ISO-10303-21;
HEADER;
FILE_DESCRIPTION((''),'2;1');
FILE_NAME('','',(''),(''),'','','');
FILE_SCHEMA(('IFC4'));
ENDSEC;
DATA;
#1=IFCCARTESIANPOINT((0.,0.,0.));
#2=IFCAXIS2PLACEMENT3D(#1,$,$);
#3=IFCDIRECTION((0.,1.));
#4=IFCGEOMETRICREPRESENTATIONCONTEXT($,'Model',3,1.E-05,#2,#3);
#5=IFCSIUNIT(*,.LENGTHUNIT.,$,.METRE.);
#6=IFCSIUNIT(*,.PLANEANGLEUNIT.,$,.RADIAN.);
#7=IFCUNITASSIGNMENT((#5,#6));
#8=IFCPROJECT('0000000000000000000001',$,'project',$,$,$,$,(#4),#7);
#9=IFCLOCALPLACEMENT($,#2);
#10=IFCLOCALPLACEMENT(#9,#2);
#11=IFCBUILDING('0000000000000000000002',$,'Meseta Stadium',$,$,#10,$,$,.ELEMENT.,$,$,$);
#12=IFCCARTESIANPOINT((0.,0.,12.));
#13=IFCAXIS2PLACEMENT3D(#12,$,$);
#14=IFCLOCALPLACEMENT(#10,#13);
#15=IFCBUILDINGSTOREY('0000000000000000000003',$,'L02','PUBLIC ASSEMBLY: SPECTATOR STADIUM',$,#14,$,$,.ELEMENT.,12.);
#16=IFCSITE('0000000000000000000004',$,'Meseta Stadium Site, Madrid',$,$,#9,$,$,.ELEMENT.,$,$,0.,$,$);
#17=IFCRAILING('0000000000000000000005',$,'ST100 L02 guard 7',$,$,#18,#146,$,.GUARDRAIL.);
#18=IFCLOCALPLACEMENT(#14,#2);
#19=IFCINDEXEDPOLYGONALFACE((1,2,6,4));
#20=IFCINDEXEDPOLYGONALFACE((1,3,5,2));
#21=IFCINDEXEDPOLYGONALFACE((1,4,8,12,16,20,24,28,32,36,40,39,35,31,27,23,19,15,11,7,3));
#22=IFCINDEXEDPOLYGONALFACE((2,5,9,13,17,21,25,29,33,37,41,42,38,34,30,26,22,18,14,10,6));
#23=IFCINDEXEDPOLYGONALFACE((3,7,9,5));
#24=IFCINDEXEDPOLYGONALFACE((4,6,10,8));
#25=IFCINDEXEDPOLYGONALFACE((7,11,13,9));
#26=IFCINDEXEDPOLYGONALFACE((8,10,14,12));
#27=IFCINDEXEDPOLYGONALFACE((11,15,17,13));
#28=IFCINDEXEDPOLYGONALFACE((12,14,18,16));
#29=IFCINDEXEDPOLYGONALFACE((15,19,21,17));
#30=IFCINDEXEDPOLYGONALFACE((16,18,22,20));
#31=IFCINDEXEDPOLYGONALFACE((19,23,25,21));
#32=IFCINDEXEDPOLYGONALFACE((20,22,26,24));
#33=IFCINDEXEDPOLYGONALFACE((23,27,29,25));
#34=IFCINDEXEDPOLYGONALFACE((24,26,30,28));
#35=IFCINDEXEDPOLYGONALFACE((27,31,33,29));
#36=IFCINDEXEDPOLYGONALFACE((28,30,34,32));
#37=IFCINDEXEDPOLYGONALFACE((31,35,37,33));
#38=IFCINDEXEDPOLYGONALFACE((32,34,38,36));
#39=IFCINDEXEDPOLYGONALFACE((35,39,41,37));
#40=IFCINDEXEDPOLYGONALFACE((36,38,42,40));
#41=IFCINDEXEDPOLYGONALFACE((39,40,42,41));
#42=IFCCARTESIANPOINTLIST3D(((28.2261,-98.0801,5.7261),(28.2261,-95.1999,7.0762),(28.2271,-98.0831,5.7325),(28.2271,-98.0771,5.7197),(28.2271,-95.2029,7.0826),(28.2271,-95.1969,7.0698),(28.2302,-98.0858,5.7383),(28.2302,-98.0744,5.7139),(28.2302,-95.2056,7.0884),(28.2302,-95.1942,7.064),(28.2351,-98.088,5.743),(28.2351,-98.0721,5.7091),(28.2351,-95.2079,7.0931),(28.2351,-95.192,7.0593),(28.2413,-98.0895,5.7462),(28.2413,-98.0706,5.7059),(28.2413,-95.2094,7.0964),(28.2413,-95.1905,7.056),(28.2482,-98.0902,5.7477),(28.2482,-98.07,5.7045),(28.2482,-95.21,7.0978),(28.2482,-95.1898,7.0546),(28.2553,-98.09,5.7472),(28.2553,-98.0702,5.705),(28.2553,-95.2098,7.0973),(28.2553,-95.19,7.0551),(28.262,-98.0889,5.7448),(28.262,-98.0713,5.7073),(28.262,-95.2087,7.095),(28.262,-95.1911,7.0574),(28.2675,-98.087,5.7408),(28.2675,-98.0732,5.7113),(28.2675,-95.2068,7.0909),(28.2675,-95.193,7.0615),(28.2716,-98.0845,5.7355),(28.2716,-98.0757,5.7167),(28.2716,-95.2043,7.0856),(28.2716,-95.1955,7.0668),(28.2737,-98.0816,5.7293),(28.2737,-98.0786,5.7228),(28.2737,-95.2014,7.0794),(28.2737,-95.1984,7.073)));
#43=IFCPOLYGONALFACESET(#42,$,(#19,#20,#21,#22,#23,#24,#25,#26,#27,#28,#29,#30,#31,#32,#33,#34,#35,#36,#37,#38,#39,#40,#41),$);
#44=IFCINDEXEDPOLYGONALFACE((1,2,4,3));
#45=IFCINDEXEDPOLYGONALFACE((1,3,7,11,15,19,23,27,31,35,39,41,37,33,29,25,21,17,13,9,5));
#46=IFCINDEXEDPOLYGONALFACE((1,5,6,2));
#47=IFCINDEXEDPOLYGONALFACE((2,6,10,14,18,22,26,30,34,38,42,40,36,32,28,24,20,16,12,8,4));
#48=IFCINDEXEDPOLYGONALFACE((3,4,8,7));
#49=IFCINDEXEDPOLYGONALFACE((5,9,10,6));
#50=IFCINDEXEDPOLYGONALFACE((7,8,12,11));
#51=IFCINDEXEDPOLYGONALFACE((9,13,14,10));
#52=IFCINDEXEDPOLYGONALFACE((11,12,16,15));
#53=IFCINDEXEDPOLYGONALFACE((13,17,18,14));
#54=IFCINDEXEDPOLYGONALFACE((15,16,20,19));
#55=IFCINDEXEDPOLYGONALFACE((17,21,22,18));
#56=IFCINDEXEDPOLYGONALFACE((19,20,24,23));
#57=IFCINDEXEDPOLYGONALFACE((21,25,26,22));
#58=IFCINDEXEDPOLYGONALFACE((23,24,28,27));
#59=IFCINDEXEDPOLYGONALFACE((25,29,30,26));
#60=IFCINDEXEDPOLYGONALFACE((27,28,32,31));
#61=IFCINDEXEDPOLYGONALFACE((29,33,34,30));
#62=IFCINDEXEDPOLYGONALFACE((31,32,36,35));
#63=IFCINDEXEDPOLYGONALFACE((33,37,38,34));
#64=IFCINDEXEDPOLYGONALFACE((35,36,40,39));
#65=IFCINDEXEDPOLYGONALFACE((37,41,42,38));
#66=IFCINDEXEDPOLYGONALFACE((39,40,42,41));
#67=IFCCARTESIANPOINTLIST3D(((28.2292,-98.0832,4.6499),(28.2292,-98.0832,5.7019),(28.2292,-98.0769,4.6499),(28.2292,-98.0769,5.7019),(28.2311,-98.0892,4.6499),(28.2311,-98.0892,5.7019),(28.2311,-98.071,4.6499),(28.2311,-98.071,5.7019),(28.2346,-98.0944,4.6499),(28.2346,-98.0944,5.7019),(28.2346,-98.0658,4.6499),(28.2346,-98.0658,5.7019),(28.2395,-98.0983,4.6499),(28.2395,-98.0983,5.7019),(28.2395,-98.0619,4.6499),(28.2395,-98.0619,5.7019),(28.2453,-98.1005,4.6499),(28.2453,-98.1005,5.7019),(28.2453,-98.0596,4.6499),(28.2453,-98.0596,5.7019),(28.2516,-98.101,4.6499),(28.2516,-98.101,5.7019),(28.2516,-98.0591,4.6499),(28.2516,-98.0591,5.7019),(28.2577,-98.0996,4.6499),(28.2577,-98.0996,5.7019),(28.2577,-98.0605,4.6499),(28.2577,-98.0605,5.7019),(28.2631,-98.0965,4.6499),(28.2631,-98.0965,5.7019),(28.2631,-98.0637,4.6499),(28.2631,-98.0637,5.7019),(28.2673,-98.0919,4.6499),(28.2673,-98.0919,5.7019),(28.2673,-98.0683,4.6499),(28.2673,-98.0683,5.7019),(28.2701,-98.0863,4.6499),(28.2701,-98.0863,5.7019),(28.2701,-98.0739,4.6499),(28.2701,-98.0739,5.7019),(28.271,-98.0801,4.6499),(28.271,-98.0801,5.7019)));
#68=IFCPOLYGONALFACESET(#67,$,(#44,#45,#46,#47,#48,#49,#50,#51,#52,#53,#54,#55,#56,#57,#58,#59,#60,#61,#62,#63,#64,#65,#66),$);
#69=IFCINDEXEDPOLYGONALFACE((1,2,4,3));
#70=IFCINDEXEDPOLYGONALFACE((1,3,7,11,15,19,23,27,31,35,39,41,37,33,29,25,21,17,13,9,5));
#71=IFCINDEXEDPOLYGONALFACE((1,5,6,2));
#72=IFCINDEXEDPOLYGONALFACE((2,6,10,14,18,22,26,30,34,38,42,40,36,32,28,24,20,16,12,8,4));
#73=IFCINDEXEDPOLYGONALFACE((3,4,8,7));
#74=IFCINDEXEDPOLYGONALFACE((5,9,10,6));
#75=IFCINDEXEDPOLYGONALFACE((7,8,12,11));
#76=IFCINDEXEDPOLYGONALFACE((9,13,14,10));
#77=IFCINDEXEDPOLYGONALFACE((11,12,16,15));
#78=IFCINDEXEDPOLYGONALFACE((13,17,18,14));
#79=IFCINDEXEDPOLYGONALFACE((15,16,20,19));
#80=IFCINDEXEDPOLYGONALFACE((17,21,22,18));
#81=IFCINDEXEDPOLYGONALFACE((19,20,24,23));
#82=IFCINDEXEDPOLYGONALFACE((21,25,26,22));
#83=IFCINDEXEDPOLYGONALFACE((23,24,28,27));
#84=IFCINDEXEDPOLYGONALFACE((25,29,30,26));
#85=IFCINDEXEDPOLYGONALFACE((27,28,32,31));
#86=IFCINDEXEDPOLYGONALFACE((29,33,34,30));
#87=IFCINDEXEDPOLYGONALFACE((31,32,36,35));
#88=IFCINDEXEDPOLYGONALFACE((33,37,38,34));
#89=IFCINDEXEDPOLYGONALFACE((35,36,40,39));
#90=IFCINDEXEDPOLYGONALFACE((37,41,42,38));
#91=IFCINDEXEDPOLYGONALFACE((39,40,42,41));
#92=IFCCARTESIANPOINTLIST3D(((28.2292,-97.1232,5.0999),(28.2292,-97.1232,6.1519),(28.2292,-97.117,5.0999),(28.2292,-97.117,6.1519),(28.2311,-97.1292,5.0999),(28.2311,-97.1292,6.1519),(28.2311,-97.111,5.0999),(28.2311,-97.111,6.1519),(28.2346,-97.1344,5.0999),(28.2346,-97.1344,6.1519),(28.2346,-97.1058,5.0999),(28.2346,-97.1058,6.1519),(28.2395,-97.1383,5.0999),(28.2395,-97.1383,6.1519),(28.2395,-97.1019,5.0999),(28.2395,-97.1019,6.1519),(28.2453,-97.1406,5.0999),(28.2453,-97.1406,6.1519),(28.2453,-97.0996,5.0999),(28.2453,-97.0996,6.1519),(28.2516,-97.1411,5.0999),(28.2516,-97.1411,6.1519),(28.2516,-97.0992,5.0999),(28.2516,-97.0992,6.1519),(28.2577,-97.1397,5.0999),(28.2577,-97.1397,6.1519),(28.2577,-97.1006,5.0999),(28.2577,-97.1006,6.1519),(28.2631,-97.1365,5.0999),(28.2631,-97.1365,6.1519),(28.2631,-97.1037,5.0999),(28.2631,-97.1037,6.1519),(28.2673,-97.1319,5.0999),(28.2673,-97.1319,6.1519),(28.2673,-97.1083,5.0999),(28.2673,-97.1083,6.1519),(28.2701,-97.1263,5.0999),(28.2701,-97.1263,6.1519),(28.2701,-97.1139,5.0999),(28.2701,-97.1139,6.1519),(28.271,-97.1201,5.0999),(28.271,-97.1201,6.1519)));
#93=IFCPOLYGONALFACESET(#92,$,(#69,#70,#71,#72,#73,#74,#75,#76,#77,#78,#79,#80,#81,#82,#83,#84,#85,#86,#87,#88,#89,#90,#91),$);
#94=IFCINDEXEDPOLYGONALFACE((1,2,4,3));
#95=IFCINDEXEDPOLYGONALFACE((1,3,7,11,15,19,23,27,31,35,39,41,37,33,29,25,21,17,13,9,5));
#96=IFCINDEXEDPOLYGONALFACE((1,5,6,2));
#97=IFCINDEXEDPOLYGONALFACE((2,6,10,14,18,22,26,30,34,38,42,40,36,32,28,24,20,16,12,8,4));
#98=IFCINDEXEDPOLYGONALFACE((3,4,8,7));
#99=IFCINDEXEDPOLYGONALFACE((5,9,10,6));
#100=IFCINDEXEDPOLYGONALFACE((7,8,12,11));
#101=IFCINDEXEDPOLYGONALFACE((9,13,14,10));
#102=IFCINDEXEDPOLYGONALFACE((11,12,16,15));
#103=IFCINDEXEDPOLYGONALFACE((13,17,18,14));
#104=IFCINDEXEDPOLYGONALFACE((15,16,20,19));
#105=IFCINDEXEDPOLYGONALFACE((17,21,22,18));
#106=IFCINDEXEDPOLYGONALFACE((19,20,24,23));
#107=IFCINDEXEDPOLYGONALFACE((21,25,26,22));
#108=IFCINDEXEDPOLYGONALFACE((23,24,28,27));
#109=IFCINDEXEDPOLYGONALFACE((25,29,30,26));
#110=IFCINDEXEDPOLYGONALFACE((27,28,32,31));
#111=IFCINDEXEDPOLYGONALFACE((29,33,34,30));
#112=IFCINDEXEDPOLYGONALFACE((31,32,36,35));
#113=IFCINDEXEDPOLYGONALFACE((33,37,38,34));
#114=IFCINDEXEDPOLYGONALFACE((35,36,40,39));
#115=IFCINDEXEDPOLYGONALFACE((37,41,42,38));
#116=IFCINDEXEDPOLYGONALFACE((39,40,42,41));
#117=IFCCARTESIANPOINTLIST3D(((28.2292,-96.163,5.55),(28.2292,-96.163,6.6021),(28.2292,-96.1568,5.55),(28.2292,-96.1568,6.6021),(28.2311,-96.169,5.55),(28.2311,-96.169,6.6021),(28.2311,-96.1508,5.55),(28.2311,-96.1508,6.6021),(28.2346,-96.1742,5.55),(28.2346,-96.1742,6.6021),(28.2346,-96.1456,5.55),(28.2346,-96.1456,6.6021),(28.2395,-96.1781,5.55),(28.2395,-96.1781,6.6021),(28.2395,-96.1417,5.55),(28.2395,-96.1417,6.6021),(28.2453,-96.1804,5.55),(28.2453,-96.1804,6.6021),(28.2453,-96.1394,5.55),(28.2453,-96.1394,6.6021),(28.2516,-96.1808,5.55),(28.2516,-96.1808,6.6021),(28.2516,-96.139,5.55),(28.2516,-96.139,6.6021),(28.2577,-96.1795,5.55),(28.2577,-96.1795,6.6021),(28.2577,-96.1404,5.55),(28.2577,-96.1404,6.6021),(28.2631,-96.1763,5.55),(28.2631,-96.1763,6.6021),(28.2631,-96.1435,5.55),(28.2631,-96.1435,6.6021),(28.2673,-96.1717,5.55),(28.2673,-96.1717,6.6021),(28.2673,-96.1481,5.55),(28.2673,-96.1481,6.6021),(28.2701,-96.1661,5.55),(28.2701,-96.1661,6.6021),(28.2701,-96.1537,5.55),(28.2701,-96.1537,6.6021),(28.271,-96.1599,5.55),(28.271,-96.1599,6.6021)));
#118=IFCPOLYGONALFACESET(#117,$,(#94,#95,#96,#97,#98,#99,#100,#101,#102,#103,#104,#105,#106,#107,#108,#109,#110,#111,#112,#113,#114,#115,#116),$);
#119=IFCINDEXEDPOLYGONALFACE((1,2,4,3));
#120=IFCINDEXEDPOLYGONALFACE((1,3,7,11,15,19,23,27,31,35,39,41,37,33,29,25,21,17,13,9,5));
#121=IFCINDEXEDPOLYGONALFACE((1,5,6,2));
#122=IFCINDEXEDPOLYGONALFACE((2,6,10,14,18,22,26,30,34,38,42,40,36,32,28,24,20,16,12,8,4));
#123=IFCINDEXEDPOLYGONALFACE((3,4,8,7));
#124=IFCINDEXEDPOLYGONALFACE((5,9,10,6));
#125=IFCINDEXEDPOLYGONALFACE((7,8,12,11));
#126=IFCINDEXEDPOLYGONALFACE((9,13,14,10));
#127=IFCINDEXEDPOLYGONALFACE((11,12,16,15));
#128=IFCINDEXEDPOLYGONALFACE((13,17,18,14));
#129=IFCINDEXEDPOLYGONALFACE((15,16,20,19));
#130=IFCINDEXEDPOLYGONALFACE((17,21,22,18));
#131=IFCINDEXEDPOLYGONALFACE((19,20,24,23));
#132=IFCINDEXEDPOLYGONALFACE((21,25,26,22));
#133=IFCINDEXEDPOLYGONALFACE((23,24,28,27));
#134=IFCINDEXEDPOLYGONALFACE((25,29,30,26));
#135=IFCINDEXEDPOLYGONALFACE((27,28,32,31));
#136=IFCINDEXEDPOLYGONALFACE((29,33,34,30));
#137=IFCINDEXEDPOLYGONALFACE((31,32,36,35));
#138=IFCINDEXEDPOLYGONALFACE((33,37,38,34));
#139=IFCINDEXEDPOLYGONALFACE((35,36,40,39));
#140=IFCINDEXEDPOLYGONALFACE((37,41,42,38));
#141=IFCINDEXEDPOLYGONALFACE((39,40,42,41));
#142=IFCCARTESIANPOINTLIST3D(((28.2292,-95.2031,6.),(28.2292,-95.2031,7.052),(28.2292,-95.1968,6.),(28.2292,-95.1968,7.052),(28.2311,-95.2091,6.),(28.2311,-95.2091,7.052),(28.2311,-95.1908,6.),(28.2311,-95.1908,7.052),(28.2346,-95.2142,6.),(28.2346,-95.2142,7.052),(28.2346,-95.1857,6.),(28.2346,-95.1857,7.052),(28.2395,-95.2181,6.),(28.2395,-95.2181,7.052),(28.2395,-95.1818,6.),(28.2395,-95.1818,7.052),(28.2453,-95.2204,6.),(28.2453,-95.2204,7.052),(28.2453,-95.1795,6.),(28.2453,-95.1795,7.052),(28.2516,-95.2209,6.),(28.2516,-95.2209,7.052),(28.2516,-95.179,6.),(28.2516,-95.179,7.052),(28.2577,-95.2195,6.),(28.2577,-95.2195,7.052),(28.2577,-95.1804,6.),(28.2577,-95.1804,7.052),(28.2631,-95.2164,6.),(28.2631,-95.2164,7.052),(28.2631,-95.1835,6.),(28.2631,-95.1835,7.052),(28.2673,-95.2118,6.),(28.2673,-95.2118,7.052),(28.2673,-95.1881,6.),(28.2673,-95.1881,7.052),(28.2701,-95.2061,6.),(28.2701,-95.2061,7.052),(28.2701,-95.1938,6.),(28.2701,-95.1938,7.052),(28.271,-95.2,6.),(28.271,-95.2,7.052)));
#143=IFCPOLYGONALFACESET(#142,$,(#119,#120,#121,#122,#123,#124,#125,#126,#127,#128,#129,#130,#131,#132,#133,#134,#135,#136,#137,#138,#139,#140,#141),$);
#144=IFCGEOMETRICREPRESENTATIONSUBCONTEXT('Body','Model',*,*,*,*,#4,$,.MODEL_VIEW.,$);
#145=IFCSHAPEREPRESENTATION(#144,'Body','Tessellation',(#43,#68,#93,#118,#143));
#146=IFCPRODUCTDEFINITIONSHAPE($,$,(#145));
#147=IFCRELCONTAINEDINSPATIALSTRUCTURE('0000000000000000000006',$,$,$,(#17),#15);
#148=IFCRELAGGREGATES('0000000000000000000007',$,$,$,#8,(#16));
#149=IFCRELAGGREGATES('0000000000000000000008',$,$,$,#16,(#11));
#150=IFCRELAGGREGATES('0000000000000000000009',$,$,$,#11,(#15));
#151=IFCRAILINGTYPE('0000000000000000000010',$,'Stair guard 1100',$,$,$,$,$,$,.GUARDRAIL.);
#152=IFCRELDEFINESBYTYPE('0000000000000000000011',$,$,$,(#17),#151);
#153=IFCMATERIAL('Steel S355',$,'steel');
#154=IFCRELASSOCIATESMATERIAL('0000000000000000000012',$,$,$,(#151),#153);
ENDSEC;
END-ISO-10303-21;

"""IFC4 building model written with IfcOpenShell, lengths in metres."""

from ifc_helpers import new_model, si_unit, direction, frame, origin, origin_2d, place, context, subcontext, project, spatial, circle, extrude, material, type_object, element, save


model = new_model("IFC4")

# Units and contexts
model_context = context("Model", 3, precision=1e-05, world=origin(), true_north=direction((0.0, 1.0)))
body_context = subcontext(model_context, "Body", "Model", "MODEL_VIEW")
ifc_project = project(units=[si_unit("LENGTHUNIT", "METRE"), si_unit("PLANEANGLEUNIT", "RADIAN")], contexts=[model_context])

# Site, building, storey
site_placement = place(None, origin())
site = spatial("IfcSite", under=ifc_project, at=site_placement, Name="Meseta Stadium Site, Madrid", CompositionType="ELEMENT", RefElevation=0.0)
building_placement = place(site_placement, origin())
building = spatial("IfcBuilding", under=site, at=building_placement, Name="Meseta Stadium", CompositionType="ELEMENT")
storey_placement = place(building_placement, frame((0.0, 0.0, 12.0)))
storey = spatial("IfcBuildingStorey", under=building, at=storey_placement, Name="L02", Description="PUBLIC ASSEMBLY: SPECTATOR STADIUM", CompositionType="ELEMENT", Elevation=12.0)

# Railing
ifc_material_1 = material(Name="Steel S355", Category="steel")
railing_type_1 = type_object("IfcRailingType", Name="Stair guard 1100", PredefinedType="GUARDRAIL", material=ifc_material_1)
railing_1_placement = place(storey_placement, frame((28.25, -98.0801, 4.6499)))
element("IfcRailing", 1, at=railing_1_placement, inside=storey, type_object=railing_type_1, Name="ST100 L02 guard 7", PredefinedType="GUARDRAIL", context=body_context, shape_type="SweptSolid", body=[
    extrude(circle(Radius=0.0239, at=origin_2d()), frame((0.0, 0.0, 1.0762), z_axis=(0.0, 0.905454, 0.424444), x_axis=(-1.0, 0.0, 0.0)), (0.0, 0.0, 1.0), 3.1809),
    extrude(circle(Radius=0.021, at=origin_2d()), origin(), (0.0, 0.0, 1.0), 1.052),
    extrude(circle(Radius=0.021, at=origin_2d()), frame((0.0, 0.96, 0.45)), (0.0, 0.0, 1.0), 1.052),
    extrude(circle(Radius=0.021, at=origin_2d()), frame((0.0, 1.9202, 0.9001)), (0.0, 0.0, 1.0), 1.052),
    extrude(circle(Radius=0.021, at=origin_2d()), frame((0.0, 2.8801, 1.3501)), (0.0, 0.0, 1.0), 1.052),
])

save(model, "model.ifc")
